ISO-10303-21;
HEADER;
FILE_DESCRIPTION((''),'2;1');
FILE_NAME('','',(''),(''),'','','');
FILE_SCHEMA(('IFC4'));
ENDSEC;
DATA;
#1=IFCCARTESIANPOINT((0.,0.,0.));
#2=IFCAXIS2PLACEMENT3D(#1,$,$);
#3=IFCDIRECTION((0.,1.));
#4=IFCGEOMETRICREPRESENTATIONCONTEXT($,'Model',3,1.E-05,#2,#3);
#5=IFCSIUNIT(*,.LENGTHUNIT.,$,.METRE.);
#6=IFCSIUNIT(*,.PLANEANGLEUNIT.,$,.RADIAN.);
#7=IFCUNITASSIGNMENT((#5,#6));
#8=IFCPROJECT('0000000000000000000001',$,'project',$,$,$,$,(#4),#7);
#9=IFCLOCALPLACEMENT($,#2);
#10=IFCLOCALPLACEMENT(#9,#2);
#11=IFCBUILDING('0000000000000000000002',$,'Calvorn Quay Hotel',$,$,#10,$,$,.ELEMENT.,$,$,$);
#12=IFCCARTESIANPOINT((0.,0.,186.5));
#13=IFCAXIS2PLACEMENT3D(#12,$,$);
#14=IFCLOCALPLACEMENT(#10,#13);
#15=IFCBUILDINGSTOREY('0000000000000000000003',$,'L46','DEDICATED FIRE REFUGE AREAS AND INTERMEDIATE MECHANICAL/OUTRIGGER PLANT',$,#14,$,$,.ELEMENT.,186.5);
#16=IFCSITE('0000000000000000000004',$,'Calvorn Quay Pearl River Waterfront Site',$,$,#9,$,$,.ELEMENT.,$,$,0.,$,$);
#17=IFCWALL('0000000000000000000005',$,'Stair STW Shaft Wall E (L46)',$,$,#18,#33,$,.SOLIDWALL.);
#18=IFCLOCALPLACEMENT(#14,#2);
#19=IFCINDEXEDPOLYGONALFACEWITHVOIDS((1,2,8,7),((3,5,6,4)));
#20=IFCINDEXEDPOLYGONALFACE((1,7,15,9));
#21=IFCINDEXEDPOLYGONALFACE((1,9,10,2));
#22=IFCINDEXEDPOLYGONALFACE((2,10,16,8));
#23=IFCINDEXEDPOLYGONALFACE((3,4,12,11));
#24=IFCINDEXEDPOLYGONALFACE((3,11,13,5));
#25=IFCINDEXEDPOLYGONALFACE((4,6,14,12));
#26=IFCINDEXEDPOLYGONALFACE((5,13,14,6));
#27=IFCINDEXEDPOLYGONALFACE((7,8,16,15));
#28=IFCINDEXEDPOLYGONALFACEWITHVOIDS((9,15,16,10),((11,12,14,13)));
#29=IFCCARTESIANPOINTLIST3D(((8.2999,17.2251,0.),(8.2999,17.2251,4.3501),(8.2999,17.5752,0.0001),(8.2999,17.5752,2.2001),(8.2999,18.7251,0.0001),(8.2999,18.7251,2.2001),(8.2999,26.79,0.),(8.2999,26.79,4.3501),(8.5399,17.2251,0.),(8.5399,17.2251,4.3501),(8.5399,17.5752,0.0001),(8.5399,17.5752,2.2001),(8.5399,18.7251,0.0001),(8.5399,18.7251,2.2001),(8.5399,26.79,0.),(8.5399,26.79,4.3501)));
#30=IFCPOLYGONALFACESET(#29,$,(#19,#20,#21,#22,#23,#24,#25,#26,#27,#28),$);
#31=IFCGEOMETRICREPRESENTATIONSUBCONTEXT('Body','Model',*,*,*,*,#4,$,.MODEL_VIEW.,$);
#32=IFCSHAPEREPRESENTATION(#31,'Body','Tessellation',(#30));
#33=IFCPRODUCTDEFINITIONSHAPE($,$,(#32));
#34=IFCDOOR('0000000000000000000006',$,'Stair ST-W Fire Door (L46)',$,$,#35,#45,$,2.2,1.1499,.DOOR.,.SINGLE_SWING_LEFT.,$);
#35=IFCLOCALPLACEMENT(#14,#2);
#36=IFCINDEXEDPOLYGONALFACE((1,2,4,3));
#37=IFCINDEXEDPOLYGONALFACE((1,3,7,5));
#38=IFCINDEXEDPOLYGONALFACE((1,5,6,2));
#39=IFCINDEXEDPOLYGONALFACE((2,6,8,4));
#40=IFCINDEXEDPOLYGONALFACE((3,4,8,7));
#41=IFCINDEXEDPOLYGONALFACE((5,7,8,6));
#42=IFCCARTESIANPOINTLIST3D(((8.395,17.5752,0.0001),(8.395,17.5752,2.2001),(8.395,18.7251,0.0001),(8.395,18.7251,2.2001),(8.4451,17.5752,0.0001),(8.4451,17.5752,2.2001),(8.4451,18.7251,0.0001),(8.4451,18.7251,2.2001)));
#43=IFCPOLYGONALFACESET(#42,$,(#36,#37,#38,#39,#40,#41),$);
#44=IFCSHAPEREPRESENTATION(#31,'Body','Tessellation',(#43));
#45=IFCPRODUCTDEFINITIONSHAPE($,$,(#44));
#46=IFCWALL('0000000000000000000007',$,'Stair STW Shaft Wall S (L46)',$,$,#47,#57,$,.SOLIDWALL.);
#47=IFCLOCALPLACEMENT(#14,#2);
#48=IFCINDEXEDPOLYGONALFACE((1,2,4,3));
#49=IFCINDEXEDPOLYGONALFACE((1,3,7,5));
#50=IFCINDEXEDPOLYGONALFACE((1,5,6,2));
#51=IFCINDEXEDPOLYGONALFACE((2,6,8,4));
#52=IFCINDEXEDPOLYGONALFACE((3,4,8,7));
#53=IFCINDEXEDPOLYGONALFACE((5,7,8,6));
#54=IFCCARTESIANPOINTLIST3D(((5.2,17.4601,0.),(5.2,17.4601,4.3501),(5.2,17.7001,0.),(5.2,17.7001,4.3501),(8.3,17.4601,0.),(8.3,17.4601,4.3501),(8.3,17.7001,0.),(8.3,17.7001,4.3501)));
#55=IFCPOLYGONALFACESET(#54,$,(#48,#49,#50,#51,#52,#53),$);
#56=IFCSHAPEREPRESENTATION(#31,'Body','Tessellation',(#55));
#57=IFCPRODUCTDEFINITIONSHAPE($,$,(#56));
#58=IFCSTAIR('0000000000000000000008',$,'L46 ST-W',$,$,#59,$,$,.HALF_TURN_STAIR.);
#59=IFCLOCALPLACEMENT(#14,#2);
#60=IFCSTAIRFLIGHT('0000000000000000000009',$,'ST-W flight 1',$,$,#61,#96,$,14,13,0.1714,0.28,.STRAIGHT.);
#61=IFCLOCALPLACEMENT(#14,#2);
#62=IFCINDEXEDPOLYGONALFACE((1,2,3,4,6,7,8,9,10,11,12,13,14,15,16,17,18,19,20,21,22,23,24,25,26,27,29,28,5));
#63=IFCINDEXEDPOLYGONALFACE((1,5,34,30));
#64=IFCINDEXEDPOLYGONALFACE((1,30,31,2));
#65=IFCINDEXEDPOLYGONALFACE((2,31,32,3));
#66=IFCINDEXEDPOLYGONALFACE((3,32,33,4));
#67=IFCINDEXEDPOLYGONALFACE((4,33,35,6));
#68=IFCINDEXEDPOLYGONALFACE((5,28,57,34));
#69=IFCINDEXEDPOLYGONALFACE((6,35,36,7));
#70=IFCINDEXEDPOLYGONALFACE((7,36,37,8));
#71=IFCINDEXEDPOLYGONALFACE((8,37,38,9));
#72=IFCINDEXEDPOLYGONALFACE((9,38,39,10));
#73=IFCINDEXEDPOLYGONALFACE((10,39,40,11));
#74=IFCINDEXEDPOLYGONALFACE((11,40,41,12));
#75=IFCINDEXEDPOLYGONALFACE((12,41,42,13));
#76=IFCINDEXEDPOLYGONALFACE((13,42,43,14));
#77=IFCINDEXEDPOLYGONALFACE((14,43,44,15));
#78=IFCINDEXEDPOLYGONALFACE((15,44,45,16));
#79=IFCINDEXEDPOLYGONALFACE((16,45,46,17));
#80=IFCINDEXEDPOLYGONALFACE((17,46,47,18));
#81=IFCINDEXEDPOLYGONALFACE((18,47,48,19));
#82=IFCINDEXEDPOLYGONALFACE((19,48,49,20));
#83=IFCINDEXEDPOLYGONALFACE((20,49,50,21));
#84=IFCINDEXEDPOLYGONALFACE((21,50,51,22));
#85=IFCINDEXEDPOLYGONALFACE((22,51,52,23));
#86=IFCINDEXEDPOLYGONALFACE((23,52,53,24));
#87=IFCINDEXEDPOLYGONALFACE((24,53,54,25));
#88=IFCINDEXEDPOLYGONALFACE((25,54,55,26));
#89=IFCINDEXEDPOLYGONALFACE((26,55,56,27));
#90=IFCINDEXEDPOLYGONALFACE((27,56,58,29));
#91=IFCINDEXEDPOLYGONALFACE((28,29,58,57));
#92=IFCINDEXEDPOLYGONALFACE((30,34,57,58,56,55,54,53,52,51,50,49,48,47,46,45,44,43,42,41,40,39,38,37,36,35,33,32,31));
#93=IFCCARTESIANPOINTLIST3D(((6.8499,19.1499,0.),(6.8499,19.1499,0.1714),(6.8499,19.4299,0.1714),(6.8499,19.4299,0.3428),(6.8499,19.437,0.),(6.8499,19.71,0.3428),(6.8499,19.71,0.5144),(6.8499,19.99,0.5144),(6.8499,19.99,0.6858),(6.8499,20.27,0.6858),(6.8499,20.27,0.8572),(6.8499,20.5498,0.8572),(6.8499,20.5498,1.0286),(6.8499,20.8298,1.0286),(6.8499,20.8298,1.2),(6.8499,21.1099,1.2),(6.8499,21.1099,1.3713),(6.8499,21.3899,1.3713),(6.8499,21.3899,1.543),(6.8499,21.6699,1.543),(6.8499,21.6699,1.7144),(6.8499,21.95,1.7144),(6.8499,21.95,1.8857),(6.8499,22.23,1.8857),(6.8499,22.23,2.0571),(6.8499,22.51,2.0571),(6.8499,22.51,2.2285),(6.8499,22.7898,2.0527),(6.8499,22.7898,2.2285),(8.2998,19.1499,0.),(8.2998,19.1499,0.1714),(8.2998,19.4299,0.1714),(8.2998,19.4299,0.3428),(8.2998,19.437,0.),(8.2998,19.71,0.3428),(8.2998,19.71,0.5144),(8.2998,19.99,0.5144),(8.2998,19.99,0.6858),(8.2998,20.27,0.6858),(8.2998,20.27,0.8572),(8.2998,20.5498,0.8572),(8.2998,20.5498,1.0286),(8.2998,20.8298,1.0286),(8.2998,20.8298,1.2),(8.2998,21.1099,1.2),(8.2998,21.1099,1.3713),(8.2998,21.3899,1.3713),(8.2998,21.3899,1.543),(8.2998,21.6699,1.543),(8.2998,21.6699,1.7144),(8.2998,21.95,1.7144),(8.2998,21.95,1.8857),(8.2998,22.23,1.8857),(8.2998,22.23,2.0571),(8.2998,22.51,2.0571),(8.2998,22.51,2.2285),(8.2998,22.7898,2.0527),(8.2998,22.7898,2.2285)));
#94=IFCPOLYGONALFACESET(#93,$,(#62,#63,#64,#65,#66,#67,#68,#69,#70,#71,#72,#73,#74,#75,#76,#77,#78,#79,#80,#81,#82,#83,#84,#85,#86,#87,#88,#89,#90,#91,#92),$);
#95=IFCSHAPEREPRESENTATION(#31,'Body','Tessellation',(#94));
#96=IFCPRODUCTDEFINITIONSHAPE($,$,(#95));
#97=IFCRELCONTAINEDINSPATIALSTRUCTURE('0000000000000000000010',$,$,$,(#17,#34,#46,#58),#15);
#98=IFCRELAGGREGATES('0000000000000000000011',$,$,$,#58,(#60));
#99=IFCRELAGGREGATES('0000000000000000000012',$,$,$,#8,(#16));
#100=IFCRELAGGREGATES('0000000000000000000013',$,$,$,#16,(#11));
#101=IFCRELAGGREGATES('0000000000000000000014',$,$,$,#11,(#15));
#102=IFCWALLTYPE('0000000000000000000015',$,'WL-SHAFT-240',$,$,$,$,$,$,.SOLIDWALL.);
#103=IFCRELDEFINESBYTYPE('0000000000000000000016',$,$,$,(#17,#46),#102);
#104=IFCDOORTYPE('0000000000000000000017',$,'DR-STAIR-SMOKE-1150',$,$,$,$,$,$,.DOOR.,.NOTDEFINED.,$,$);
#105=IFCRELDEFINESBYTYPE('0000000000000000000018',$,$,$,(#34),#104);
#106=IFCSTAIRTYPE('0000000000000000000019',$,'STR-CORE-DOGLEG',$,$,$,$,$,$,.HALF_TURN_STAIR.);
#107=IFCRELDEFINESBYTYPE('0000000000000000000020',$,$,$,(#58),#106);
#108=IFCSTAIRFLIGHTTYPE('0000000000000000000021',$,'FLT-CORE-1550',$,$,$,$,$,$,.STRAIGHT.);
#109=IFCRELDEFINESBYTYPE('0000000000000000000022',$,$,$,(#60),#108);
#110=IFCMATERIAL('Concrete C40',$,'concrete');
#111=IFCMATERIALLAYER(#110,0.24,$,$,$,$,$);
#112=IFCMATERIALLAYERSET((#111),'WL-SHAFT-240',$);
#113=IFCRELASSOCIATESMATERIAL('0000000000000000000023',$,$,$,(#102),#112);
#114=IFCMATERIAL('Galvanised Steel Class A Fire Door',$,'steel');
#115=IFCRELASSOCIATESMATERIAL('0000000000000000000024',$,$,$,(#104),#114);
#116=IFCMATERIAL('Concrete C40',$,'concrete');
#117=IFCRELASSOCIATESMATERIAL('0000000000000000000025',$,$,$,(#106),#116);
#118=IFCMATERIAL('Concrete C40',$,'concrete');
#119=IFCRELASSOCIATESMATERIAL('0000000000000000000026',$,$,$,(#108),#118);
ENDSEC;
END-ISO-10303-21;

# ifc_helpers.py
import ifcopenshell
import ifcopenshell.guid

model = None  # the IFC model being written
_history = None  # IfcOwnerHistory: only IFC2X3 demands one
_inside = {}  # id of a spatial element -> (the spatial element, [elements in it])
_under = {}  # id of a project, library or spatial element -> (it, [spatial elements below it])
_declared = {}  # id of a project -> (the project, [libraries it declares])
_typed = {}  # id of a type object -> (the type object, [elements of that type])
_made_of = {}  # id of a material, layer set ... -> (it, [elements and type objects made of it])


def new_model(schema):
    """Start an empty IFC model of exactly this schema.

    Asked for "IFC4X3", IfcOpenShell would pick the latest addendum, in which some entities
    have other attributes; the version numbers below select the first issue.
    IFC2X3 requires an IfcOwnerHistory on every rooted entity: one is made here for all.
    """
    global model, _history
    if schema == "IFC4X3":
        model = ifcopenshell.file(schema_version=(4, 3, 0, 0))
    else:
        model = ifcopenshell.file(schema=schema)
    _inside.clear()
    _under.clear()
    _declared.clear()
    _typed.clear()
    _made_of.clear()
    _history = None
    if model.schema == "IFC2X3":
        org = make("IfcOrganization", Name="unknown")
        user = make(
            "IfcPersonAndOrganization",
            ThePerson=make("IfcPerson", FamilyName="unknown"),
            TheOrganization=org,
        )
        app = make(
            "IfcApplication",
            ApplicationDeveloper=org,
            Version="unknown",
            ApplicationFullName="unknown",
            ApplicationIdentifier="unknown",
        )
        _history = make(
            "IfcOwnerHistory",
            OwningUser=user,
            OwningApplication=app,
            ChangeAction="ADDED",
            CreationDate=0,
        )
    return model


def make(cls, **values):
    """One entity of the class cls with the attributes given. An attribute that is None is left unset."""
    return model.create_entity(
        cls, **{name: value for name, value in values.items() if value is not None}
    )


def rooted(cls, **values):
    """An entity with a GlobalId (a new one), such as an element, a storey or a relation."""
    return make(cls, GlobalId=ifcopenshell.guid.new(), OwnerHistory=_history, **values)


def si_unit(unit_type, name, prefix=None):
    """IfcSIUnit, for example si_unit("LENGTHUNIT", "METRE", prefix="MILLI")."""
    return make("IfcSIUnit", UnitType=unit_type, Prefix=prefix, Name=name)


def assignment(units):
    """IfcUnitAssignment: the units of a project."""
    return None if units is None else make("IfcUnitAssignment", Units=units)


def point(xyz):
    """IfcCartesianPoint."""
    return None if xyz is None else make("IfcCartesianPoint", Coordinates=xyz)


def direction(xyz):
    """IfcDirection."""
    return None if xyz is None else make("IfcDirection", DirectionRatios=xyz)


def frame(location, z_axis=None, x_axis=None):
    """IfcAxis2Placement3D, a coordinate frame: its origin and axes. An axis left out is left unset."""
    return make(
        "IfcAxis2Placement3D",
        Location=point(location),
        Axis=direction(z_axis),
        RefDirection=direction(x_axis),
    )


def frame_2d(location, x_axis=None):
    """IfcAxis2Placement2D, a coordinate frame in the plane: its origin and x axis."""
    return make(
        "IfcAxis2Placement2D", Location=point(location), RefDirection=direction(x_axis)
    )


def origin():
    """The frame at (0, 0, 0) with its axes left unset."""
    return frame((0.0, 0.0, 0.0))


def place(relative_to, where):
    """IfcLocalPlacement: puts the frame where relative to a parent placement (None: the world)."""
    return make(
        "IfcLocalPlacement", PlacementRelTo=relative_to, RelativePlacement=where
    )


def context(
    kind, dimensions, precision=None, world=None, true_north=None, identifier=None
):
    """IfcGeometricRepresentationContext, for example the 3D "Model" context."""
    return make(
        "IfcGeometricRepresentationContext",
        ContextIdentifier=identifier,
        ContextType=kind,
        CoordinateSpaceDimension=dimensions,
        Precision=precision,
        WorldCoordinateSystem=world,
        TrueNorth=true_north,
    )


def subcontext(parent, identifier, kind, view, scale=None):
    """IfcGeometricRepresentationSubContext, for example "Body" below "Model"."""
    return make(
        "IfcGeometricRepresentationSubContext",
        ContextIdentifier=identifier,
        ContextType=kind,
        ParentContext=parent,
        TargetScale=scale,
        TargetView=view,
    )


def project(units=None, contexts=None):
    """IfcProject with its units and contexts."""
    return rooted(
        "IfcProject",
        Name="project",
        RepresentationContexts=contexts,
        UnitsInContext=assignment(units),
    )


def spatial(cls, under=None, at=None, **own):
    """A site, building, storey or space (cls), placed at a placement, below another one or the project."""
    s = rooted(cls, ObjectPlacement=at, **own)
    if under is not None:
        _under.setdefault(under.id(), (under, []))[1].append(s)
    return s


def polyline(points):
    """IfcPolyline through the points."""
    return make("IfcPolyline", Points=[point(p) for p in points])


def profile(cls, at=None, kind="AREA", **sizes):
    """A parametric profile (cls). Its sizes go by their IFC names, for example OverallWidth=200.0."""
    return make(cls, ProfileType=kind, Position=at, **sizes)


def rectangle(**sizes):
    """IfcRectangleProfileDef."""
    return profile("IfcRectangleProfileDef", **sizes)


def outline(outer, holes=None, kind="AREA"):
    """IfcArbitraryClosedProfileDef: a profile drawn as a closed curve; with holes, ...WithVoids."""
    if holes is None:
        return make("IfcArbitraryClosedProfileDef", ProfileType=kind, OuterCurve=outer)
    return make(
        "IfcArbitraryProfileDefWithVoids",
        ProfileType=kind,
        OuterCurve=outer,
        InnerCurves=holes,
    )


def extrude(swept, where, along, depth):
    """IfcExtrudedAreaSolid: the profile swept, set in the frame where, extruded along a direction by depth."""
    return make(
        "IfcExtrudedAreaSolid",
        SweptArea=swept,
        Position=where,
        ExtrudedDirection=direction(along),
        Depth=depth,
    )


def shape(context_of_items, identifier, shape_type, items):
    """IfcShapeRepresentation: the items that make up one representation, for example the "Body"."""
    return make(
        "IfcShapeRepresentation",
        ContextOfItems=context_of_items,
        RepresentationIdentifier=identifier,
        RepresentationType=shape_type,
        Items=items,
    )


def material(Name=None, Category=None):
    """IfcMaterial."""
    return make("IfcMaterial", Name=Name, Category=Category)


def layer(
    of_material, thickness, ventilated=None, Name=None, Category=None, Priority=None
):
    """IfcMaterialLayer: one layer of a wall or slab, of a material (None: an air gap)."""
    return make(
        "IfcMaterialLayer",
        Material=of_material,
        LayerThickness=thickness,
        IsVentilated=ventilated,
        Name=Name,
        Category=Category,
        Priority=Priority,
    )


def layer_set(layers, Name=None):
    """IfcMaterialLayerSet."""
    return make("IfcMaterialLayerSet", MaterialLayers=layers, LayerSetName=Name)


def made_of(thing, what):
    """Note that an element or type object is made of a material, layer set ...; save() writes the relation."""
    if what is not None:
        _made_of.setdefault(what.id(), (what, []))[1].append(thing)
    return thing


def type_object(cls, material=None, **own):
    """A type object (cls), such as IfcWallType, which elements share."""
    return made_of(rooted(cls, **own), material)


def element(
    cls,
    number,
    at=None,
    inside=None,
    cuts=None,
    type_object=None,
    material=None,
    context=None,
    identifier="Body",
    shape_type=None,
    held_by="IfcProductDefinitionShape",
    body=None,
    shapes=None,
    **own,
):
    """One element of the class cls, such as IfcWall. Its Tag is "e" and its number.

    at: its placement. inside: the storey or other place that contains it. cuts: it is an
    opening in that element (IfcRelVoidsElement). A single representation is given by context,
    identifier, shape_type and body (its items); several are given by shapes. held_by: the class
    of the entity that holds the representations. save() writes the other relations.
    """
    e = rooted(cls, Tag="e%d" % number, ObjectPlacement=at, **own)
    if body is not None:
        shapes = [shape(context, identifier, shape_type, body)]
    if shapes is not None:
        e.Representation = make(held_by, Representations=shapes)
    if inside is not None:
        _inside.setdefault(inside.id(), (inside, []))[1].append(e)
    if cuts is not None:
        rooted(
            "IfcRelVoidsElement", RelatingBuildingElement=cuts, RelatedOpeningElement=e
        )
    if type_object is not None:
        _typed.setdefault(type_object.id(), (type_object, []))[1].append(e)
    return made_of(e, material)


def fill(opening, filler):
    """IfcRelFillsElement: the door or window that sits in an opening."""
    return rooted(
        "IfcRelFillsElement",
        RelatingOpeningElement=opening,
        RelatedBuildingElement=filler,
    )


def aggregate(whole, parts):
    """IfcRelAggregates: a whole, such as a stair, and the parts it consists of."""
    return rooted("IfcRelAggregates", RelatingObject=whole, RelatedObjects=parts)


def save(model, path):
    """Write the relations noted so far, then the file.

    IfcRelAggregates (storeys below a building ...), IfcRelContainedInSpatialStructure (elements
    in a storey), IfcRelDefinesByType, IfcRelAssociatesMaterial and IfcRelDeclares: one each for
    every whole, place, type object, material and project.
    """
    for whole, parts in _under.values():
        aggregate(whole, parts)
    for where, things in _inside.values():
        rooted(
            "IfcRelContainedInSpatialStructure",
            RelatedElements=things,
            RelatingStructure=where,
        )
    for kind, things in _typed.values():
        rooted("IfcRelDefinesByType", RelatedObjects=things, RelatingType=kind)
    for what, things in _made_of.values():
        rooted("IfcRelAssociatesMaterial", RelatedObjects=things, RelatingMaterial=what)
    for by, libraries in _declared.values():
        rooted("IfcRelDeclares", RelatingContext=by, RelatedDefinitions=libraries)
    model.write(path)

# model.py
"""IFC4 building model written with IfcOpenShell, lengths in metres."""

from ifc_helpers import new_model, si_unit, direction, frame, frame_2d, origin, place, context, subcontext, project, spatial, polyline, rectangle, outline, extrude, material, layer, layer_set, type_object, element, fill, aggregate, save


model = new_model("IFC4")

# Units and contexts
model_context = context("Model", 3, precision=1e-05, world=origin(), true_north=direction((0.0, 1.0)))
body_context = subcontext(model_context, "Body", "Model", "MODEL_VIEW")
ifc_project = project(units=[si_unit("LENGTHUNIT", "METRE"), si_unit("PLANEANGLEUNIT", "RADIAN")], contexts=[model_context])

# Site, building, storey
site_placement = place(None, origin())
site = spatial("IfcSite", under=ifc_project, at=site_placement, Name="Calvorn Quay Pearl River Waterfront Site", CompositionType="ELEMENT", RefElevation=0.0)
building_placement = place(site_placement, origin())
building = spatial("IfcBuilding", under=site, at=building_placement, Name="Calvorn Quay Hotel", CompositionType="ELEMENT")
storey_placement = place(building_placement, frame((0.0, 0.0, 186.5)))
storey = spatial("IfcBuildingStorey", under=building, at=storey_placement, Name="L46", Description="DEDICATED FIRE REFUGE AREAS AND INTERMEDIATE MECHANICAL/OUTRIGGER PLANT", CompositionType="ELEMENT", Elevation=186.5)

# Shared definitions
ifc_material_1 = material(Name="Concrete C40", Category="concrete")
ifc_layer_1 = layer(ifc_material_1, 0.24)
ifc_layer_set_1 = layer_set([ifc_layer_1], Name="WL-SHAFT-240")
wall_type_1 = type_object("IfcWallType", Name="WL-SHAFT-240", PredefinedType="SOLIDWALL", material=ifc_layer_set_1)

# Wall, opening, door
wall_1_placement = place(storey_placement, frame((8.4199, 17.2251, 0.0), z_axis=(0.0, 0.0, 1.0), x_axis=(0.0, 1.0, 0.0)))
wall_1 = element("IfcWall", 1, at=wall_1_placement, inside=storey, type_object=wall_type_1, Name="Stair STW Shaft Wall E (L46)", PredefinedType="SOLIDWALL", context=body_context, shape_type="SweptSolid", body=[
    extrude(rectangle(XDim=9.5649, YDim=0.24, at=frame_2d((4.7825, 0.0))), origin(), (0.0, 0.0, 1.0), 4.3501),
])
opening_1_placement = place(wall_1_placement, frame((0.3501, 0.0, 0.0)))
opening_1 = element("IfcOpeningElement", 2, at=opening_1_placement, cuts=wall_1, PredefinedType="OPENING", context=body_context, shape_type="SweptSolid", body=[
    extrude(rectangle(XDim=1.1499, YDim=2.2, at=frame_2d((0.575, 1.1001))), frame((0.0, 0.1299, 0.0), z_axis=(0.0, -1.0, 0.0), x_axis=(1.0, 0.0, 0.0)), (0.0, 0.0, 1.0), 0.26),
])
ifc_material_2 = material(Name="Galvanised Steel Class A Fire Door", Category="steel")
door_type_1 = type_object("IfcDoorType", Name="DR-STAIR-SMOKE-1150", OperationType="NOTDEFINED", PredefinedType="DOOR", material=ifc_material_2)
door_1_placement = place(opening_1_placement, origin())
door_1 = element("IfcDoor", 3, at=door_1_placement, inside=storey, type_object=door_type_1, Name="Stair ST-W Fire Door (L46)", OperationType="SINGLE_SWING_LEFT", OverallHeight=2.2, OverallWidth=1.1499, PredefinedType="DOOR", context=body_context, shape_type="SweptSolid", body=[
    extrude(rectangle(XDim=1.1499, YDim=2.2, at=frame_2d((0.575, 1.1001))), frame((0.0, 0.0249, 0.0), z_axis=(0.0, -1.0, 0.0), x_axis=(1.0, 0.0, 0.0)), (0.0, 0.0, 1.0), 0.05),
])
fill(opening_1, door_1)

# Wall
wall_2_placement = place(storey_placement, frame((5.2, 17.5801, 0.0), z_axis=(0.0, 0.0, 1.0), x_axis=(1.0, 0.0, 0.0)))
element("IfcWall", 4, at=wall_2_placement, inside=storey, type_object=wall_type_1, Name="Stair STW Shaft Wall S (L46)", PredefinedType="SOLIDWALL", context=body_context, shape_type="SweptSolid", body=[
    extrude(rectangle(XDim=3.1001, YDim=0.24, at=frame_2d((1.55, 0.0))), origin(), (0.0, 0.0, 1.0), 4.3501),
])

# Stair, stair flight
ifc_material_3 = material(Name="Concrete C40", Category="concrete")
stair_type = type_object("IfcStairType", Name="STR-CORE-DOGLEG", PredefinedType="HALF_TURN_STAIR", material=ifc_material_3)
stair_placement = place(storey_placement, origin())
stair = element("IfcStair", 5, at=stair_placement, inside=storey, type_object=stair_type, Name="L46 ST-W", PredefinedType="HALF_TURN_STAIR")
ifc_material_4 = material(Name="Concrete C40", Category="concrete")
stair_flight_type = type_object("IfcStairFlightType", Name="FLT-CORE-1550", PredefinedType="STRAIGHT", material=ifc_material_4)
stair_flight_placement = place(storey_placement, frame((7.575, 19.1499, 0.0), z_axis=(0.0, 0.0, 1.0), x_axis=(0.0, 1.0, 0.0)))
stair_flight = element("IfcStairFlight", 6, at=stair_flight_placement, type_object=stair_flight_type, Name="ST-W flight 1", NumberOfRisers=14, NumberOfTreads=13, PredefinedType="STRAIGHT", RiserHeight=0.1714, TreadLength=0.28, context=body_context, shape_type="SweptSolid", body=[
    extrude(outline(polyline([(0.0, 0.0), (0.0, 0.1714), (0.28, 0.1714), (0.28, 0.3428), (0.5601, 0.3428), (0.5601, 0.5144), (0.8401, 0.5144), (0.8401, 0.6858), (1.1201, 0.6858), (1.1201, 0.8572), (1.3999, 0.8572), (1.3999, 1.0286), (1.6799, 1.0286), (1.6799, 1.2), (1.96, 1.2), (1.96, 1.3713), (2.24, 1.3713), (2.24, 1.543), (2.52, 1.543), (2.52, 1.7144), (2.8, 1.7144), (2.8, 1.8857), (3.0801, 1.8857), (3.0801, 2.0571), (3.3601, 2.0571), (3.3601, 2.2285), (3.6399, 2.2285), (3.6399, 2.3999), (3.6399, 2.0527), (0.2871, 0.0), (0.0, 0.0)])), frame((0.0, 0.7251, 0.0), z_axis=(0.0, -1.0, 0.0), x_axis=(1.0, 0.0, 0.0)), (0.0, 0.0, 1.0), 1.45),
])
aggregate(stair, [stair_flight])

save(model, "model.ifc")
